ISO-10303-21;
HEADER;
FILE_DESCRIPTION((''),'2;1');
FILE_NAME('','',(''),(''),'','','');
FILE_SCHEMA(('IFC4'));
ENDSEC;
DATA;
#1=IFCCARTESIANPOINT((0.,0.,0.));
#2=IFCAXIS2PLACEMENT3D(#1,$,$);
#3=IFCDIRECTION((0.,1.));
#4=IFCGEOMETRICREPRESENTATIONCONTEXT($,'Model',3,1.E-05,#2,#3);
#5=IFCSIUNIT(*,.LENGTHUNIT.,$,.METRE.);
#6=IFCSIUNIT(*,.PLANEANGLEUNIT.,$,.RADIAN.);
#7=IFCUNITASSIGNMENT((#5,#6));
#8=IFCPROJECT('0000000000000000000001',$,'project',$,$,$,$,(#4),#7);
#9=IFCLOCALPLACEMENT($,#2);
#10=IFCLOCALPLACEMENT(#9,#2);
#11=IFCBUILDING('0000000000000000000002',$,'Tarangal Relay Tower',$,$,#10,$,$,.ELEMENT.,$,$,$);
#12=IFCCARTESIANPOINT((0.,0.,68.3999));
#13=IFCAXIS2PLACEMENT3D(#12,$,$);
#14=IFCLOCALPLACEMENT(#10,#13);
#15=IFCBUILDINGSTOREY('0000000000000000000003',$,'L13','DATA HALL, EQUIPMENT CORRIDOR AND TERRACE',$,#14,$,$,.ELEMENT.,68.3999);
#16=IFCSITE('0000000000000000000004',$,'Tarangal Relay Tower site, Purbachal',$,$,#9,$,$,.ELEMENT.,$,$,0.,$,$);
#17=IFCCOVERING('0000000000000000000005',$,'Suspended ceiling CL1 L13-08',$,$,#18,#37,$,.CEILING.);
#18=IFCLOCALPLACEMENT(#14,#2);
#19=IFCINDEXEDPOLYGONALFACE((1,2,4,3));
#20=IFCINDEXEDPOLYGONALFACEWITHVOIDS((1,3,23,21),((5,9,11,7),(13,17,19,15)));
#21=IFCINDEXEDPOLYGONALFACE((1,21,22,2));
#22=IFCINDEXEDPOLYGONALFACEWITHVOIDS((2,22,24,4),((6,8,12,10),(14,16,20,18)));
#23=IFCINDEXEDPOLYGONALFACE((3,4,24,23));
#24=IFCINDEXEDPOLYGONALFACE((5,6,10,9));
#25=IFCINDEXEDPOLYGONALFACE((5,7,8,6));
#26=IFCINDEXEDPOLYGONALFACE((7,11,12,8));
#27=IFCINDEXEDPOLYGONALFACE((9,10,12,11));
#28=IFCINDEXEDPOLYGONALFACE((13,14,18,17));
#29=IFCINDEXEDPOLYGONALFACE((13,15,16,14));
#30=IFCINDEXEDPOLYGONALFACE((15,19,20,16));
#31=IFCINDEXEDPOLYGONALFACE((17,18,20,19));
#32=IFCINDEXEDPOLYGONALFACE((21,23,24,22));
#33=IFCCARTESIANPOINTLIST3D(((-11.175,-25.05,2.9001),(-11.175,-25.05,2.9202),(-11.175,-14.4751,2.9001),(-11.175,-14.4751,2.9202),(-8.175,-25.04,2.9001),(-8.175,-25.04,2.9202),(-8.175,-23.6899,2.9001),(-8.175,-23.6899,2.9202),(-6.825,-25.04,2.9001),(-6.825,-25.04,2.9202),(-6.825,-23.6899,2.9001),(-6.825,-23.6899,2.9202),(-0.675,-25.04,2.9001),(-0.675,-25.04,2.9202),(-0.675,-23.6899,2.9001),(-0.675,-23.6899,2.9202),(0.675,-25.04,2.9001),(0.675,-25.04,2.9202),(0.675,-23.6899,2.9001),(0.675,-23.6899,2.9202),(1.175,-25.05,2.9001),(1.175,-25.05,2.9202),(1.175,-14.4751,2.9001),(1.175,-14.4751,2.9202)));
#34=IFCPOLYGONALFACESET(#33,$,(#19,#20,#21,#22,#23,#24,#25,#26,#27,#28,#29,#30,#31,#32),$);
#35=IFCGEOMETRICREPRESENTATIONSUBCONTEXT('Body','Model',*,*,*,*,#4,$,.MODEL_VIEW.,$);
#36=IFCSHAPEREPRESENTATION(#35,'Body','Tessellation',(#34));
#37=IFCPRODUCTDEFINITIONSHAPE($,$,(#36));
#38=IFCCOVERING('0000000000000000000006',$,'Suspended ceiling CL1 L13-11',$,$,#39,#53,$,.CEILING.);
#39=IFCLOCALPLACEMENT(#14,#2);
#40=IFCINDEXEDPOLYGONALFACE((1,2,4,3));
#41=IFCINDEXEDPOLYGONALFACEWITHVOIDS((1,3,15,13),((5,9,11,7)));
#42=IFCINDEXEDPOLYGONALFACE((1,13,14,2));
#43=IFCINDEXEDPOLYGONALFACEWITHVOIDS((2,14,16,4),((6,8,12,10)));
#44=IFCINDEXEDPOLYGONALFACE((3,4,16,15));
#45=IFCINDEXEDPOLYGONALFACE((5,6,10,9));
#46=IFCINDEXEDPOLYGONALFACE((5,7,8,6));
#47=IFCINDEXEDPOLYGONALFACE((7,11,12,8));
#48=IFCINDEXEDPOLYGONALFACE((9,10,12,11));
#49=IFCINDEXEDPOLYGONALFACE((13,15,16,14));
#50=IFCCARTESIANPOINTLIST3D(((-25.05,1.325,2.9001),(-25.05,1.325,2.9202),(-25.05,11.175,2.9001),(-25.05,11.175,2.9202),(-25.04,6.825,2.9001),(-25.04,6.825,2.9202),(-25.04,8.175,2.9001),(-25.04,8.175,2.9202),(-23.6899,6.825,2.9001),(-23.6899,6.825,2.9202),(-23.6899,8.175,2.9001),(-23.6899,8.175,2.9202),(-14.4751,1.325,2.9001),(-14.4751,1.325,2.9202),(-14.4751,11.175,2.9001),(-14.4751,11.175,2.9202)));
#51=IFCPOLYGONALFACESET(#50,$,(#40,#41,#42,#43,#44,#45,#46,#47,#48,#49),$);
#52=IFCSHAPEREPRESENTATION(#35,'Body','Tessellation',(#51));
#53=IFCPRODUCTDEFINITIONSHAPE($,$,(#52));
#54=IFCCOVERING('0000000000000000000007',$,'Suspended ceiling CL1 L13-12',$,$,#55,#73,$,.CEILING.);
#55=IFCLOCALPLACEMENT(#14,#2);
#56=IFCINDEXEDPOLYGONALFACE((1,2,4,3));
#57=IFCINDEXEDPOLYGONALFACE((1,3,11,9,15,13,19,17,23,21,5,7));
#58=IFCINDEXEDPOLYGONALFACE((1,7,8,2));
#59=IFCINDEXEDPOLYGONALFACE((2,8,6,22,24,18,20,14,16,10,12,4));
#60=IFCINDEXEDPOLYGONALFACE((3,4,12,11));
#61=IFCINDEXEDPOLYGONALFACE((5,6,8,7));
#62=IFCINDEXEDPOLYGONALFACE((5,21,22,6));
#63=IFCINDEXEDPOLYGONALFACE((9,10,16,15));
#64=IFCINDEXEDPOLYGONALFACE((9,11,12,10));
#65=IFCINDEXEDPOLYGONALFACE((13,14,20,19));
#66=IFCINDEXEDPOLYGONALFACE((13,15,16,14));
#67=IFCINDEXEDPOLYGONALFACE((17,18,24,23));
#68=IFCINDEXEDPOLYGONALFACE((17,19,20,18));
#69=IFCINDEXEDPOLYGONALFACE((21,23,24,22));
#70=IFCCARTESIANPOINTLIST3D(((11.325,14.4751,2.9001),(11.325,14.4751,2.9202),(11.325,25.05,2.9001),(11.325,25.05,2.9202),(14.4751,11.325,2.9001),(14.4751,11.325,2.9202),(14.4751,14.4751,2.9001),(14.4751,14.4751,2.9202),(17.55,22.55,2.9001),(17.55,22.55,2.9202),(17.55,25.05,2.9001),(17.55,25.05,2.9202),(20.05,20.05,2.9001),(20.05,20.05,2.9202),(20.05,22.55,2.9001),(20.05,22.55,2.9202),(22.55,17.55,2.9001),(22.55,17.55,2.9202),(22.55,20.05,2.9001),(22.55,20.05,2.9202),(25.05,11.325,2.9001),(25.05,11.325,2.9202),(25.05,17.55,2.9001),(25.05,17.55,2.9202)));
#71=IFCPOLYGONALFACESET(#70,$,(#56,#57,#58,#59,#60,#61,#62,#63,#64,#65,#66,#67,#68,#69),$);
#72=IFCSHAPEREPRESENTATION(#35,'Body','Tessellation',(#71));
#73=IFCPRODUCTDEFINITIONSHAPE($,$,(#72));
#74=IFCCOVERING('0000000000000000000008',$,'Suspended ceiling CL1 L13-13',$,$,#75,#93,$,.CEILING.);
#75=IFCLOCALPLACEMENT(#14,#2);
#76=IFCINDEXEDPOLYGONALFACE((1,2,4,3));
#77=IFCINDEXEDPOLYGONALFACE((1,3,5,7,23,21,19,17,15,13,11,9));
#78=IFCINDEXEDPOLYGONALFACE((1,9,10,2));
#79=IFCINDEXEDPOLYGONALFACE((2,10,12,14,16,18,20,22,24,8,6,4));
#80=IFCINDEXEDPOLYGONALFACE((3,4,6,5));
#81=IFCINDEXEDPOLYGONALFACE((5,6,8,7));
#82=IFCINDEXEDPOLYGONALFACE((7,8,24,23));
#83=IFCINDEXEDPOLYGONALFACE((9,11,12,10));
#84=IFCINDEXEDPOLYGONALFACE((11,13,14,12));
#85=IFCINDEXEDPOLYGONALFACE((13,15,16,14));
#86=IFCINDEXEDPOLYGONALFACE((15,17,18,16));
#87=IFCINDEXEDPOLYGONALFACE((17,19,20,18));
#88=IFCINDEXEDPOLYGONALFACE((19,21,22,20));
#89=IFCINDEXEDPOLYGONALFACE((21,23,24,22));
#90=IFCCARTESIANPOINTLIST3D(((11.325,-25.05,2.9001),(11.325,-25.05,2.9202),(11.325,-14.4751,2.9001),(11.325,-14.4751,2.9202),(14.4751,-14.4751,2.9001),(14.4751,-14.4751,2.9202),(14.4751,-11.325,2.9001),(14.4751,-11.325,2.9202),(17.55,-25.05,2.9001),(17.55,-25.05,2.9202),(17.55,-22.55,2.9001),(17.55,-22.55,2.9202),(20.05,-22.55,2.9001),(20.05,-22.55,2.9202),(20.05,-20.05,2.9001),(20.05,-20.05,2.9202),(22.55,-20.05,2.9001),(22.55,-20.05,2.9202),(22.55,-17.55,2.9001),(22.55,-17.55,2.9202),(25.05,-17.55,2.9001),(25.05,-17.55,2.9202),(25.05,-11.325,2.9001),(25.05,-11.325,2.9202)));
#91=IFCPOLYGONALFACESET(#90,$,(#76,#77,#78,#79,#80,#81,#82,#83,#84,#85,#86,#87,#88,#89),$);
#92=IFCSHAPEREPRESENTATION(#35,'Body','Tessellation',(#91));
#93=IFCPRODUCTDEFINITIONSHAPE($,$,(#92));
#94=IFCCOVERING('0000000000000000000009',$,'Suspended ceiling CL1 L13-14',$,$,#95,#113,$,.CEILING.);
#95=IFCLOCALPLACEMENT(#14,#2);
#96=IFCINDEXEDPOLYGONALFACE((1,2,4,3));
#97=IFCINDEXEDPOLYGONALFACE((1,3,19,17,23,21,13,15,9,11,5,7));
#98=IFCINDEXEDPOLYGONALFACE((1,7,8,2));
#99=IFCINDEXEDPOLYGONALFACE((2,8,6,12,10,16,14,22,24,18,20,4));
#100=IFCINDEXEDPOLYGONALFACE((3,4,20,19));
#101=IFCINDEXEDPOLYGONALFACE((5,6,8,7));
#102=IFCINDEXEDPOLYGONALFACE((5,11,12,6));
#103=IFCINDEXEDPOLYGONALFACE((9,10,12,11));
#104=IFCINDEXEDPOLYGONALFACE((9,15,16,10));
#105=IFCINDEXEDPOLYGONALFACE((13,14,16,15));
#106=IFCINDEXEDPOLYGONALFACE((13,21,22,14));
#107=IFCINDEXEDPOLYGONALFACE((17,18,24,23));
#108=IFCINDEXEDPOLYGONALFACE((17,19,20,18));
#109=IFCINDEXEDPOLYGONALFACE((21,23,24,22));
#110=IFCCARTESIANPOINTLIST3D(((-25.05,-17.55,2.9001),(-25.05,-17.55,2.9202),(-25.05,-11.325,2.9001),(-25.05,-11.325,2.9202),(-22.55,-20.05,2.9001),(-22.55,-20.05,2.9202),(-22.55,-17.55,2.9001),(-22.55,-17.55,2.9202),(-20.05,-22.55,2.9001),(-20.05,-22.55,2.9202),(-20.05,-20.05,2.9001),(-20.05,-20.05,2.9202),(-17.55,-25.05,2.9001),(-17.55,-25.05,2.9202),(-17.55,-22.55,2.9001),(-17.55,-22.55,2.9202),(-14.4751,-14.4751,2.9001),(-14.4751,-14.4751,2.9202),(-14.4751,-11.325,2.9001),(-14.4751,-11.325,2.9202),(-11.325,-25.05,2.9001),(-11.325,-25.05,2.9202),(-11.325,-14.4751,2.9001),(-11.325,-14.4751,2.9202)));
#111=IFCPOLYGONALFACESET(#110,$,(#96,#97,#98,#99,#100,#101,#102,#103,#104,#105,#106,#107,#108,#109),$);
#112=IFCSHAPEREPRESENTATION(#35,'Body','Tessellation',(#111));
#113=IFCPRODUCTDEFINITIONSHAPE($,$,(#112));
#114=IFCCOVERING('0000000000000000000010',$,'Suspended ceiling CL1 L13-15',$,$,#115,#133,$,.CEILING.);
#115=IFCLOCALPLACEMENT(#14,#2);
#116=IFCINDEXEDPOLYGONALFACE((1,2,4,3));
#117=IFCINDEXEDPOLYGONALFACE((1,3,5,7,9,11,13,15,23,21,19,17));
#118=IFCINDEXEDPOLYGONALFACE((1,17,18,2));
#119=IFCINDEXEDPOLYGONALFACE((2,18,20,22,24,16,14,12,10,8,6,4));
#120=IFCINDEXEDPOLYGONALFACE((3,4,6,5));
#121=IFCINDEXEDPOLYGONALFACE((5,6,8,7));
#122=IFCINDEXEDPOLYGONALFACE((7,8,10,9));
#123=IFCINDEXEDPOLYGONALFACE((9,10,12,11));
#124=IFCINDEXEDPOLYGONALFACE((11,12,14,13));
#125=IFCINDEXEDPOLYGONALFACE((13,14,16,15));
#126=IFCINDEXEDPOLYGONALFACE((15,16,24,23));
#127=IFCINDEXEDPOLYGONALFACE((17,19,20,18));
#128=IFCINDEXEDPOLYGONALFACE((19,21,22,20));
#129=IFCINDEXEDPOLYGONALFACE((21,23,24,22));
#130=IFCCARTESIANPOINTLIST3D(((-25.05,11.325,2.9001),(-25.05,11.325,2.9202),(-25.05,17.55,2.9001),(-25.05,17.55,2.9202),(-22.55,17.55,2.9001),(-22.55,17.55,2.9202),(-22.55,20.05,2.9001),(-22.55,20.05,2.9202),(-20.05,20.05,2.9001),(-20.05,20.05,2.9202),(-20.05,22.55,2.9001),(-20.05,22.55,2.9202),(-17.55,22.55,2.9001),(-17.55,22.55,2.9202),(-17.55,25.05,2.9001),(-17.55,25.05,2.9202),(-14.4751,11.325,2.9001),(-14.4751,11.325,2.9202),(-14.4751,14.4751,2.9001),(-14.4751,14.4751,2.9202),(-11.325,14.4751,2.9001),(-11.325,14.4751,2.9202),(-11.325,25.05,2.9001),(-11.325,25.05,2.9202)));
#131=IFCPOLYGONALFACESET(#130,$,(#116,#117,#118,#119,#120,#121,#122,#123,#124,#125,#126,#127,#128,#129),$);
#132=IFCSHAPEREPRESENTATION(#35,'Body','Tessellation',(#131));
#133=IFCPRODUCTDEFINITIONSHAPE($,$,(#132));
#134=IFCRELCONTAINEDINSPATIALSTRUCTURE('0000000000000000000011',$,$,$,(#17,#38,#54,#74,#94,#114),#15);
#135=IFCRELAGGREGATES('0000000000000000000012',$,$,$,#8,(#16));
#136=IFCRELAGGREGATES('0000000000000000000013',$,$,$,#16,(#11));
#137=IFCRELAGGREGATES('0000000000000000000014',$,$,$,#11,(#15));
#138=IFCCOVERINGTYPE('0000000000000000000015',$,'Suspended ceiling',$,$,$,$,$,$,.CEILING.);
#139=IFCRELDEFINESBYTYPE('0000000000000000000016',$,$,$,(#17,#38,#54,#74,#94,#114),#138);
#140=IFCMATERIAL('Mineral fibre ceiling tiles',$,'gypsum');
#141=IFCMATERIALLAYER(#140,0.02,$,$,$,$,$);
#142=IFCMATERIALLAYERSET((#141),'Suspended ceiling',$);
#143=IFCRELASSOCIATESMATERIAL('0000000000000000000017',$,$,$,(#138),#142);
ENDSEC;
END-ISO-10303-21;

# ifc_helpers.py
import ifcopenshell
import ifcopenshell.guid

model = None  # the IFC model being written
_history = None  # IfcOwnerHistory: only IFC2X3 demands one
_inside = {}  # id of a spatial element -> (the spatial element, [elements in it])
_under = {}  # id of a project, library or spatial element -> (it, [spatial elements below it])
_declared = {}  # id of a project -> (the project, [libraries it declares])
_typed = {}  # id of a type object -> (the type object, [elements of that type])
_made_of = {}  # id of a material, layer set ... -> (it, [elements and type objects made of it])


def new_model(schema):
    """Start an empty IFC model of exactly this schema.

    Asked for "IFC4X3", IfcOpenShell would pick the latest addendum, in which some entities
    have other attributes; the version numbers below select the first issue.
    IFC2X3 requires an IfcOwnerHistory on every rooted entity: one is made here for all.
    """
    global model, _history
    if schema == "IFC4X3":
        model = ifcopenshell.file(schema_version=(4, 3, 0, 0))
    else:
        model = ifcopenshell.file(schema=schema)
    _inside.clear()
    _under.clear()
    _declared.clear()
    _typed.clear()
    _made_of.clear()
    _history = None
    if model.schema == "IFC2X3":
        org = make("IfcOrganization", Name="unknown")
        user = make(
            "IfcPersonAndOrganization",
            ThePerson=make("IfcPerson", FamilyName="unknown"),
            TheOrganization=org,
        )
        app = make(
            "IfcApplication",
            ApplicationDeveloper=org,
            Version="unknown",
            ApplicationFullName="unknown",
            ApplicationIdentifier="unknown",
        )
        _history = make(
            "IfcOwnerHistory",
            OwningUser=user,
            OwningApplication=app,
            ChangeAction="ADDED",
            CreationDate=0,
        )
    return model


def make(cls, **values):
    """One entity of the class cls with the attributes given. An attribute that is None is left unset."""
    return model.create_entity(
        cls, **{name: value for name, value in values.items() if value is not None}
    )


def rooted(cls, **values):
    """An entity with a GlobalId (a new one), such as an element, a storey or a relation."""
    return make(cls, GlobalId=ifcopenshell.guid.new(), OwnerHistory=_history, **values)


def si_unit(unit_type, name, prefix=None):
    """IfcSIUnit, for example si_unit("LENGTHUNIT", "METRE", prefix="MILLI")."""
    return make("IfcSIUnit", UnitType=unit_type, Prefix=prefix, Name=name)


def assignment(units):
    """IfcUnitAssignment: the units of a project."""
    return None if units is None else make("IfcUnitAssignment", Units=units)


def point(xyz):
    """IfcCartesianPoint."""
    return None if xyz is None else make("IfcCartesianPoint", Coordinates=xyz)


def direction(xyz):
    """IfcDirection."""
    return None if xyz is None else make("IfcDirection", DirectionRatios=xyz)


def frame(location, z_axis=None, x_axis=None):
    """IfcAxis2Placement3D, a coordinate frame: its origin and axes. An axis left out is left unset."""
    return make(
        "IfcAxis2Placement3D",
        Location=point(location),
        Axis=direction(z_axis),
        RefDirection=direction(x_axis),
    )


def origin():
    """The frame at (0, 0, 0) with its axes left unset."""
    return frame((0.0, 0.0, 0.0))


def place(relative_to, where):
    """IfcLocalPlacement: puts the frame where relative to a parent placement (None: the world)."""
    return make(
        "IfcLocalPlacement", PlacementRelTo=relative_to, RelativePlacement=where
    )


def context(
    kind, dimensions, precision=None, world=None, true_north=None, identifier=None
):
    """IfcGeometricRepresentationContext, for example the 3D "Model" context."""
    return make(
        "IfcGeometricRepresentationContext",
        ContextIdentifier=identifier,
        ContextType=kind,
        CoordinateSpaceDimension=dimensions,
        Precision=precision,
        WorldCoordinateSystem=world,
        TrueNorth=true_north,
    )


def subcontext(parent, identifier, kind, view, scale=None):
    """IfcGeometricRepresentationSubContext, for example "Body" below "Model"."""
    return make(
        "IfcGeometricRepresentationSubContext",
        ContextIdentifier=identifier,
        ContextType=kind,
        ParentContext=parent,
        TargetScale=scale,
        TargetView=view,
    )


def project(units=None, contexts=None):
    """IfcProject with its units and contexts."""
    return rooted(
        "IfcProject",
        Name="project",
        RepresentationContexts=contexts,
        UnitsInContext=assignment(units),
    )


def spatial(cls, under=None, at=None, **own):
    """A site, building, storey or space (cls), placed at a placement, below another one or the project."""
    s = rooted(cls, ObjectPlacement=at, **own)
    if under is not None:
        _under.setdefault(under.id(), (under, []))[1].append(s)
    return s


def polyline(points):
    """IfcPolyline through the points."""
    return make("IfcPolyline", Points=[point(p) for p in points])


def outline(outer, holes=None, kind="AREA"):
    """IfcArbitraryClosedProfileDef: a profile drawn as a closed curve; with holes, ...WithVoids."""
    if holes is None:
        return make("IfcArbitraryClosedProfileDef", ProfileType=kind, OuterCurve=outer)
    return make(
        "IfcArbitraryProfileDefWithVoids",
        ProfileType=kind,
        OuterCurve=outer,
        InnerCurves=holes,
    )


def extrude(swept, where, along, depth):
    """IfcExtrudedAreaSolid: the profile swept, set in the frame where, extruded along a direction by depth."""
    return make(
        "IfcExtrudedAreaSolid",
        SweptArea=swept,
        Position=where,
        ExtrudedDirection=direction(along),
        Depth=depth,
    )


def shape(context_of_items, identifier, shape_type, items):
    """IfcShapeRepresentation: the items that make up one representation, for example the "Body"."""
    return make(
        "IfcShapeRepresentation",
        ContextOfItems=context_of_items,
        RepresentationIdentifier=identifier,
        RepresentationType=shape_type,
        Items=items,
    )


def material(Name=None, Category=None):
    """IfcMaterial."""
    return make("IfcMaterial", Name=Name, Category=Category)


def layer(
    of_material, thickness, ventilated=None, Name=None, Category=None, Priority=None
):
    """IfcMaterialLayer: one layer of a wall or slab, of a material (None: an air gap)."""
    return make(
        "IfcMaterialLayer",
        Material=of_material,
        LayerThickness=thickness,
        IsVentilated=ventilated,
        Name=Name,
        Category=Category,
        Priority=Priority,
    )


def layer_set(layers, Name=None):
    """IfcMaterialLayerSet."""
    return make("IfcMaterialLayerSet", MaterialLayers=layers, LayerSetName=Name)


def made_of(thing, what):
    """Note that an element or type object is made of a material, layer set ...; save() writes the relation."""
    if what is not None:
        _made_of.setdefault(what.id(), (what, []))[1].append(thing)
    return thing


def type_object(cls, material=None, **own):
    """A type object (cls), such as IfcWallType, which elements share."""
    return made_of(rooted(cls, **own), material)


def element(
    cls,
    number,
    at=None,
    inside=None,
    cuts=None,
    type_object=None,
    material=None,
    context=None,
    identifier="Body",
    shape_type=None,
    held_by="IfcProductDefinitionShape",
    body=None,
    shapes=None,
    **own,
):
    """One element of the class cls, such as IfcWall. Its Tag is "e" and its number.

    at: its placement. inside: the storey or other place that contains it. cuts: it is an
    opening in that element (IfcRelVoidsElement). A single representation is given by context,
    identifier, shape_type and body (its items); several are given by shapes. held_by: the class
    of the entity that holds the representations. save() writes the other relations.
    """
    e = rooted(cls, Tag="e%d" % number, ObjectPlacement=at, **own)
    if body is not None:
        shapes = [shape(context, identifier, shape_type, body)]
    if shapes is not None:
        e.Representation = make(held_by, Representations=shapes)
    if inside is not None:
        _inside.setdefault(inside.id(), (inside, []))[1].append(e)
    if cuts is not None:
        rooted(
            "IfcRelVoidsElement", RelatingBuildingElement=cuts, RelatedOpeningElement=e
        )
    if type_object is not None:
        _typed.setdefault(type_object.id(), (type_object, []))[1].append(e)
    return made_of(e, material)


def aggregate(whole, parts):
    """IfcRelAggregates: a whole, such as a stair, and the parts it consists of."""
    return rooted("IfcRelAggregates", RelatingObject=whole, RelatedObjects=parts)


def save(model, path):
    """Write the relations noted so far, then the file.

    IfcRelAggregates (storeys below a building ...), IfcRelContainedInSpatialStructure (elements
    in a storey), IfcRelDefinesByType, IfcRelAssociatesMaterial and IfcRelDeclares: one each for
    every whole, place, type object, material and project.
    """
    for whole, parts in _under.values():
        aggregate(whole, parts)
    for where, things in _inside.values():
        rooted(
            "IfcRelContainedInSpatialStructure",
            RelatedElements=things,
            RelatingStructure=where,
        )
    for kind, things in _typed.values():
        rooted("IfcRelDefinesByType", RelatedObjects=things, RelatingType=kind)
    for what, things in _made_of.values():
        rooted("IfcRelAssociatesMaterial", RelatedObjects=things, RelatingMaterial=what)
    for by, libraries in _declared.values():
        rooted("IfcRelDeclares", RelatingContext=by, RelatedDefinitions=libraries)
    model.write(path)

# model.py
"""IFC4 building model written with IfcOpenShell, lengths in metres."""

from ifc_helpers import new_model, si_unit, direction, frame, origin, place, context, subcontext, project, spatial, polyline, outline, extrude, material, layer, layer_set, type_object, element, save


model = new_model("IFC4")

# Units and contexts
model_context = context("Model", 3, precision=1e-05, world=origin(), true_north=direction((0.0, 1.0)))
body_context = subcontext(model_context, "Body", "Model", "MODEL_VIEW")
ifc_project = project(units=[si_unit("LENGTHUNIT", "METRE"), si_unit("PLANEANGLEUNIT", "RADIAN")], contexts=[model_context])

# Site, building, storey
site_placement = place(None, origin())
site = spatial("IfcSite", under=ifc_project, at=site_placement, Name="Tarangal Relay Tower site, Purbachal", CompositionType="ELEMENT", RefElevation=0.0)
building_placement = place(site_placement, origin())
building = spatial("IfcBuilding", under=site, at=building_placement, Name="Tarangal Relay Tower", CompositionType="ELEMENT")
storey_placement = place(building_placement, frame((0.0, 0.0, 68.3999)))
storey = spatial("IfcBuildingStorey", under=building, at=storey_placement, Name="L13", Description="DATA HALL, EQUIPMENT CORRIDOR AND TERRACE", CompositionType="ELEMENT", Elevation=68.3999)

# Coverings
ifc_material_1 = material(Name="Mineral fibre ceiling tiles", Category="gypsum")
ifc_layer_1 = layer(ifc_material_1, 0.02)
ifc_layer_set_1 = layer_set([ifc_layer_1], Name="Suspended ceiling")
covering_type_1 = type_object("IfcCoveringType", Name="Suspended ceiling", PredefinedType="CEILING", material=ifc_layer_set_1)
covering_1_placement = place(storey_placement, frame((0.0, 0.0, 2.9001)))
element("IfcCovering", 1, at=covering_1_placement, inside=storey, type_object=covering_type_1, Name="Suspended ceiling CL1 L13-08", PredefinedType="CEILING", context=body_context, shape_type="SweptSolid", body=[
    extrude(outline(polyline([(-11.175, -25.05), (1.175, -25.05), (1.175, -14.4751), (-11.175, -14.4751), (-11.175, -25.05)]), holes=[polyline([(-6.825, -25.04), (-6.825, -23.6899), (-8.175, -23.6899), (-8.175, -25.04), (-6.825, -25.04)]), polyline([(0.675, -25.04), (0.675, -23.6899), (-0.675, -23.6899), (-0.675, -25.04), (0.675, -25.04)])]), origin(), (0.0, 0.0, 1.0), 0.02),
])
covering_2_placement = place(storey_placement, frame((0.0, 0.0, 2.9001)))
element("IfcCovering", 2, at=covering_2_placement, inside=storey, type_object=covering_type_1, Name="Suspended ceiling CL1 L13-11", PredefinedType="CEILING", context=body_context, shape_type="SweptSolid", body=[
    extrude(outline(polyline([(-25.05, 11.175), (-25.05, 1.325), (-14.4751, 1.325), (-14.4751, 11.175), (-25.05, 11.175)]), holes=[polyline([(-23.6899, 8.175), (-25.04, 8.175), (-25.04, 6.825), (-23.6899, 6.825), (-23.6899, 8.175)])]), origin(), (0.0, 0.0, 1.0), 0.02),
])
covering_3_placement = place(storey_placement, frame((0.0, 0.0, 2.9001)))
element("IfcCovering", 3, at=covering_3_placement, inside=storey, type_object=covering_type_1, Name="Suspended ceiling CL1 L13-12", PredefinedType="CEILING", context=body_context, shape_type="SweptSolid", body=[
    extrude(outline(polyline([(17.55, 25.05), (11.325, 25.05), (11.325, 14.4751), (14.4751, 14.4751), (14.4751, 11.325), (25.05, 11.325), (25.05, 17.55), (22.55, 17.55), (22.55, 20.05), (20.05, 20.05), (20.05, 22.55), (17.55, 22.55), (17.55, 25.05)])), origin(), (0.0, 0.0, 1.0), 0.02),
])
covering_4_placement = place(storey_placement, frame((0.0, 0.0, 2.9001)))
element("IfcCovering", 4, at=covering_4_placement, inside=storey, type_object=covering_type_1, Name="Suspended ceiling CL1 L13-13", PredefinedType="CEILING", context=body_context, shape_type="SweptSolid", body=[
    extrude(outline(polyline([(25.05, -17.55), (25.05, -11.325), (14.4751, -11.325), (14.4751, -14.4751), (11.325, -14.4751), (11.325, -25.05), (17.55, -25.05), (17.55, -22.55), (20.05, -22.55), (20.05, -20.05), (22.55, -20.05), (22.55, -17.55), (25.05, -17.55)])), origin(), (0.0, 0.0, 1.0), 0.02),
])
covering_5_placement = place(storey_placement, frame((0.0, 0.0, 2.9001)))
element("IfcCovering", 5, at=covering_5_placement, inside=storey, type_object=covering_type_1, Name="Suspended ceiling CL1 L13-14", PredefinedType="CEILING", context=body_context, shape_type="SweptSolid", body=[
    extrude(outline(polyline([(-17.55, -22.55), (-17.55, -25.05), (-11.325, -25.05), (-11.325, -14.4751), (-14.4751, -14.4751), (-14.4751, -11.325), (-25.05, -11.325), (-25.05, -17.55), (-22.55, -17.55), (-22.55, -20.05), (-20.05, -20.05), (-20.05, -22.55), (-17.55, -22.55)])), origin(), (0.0, 0.0, 1.0), 0.02),
])
covering_6_placement = place(storey_placement, frame((0.0, 0.0, 2.9001)))
element("IfcCovering", 6, at=covering_6_placement, inside=storey, type_object=covering_type_1, Name="Suspended ceiling CL1 L13-15", PredefinedType="CEILING", context=body_context, shape_type="SweptSolid", body=[
    extrude(outline(polyline([(-22.55, 17.55), (-25.05, 17.55), (-25.05, 11.325), (-14.4751, 11.325), (-14.4751, 14.4751), (-11.325, 14.4751), (-11.325, 25.05), (-17.55, 25.05), (-17.55, 22.55), (-20.05, 22.55), (-20.05, 20.05), (-22.55, 20.05), (-22.55, 17.55)])), origin(), (0.0, 0.0, 1.0), 0.02),
])

save(model, "model.ifc")
